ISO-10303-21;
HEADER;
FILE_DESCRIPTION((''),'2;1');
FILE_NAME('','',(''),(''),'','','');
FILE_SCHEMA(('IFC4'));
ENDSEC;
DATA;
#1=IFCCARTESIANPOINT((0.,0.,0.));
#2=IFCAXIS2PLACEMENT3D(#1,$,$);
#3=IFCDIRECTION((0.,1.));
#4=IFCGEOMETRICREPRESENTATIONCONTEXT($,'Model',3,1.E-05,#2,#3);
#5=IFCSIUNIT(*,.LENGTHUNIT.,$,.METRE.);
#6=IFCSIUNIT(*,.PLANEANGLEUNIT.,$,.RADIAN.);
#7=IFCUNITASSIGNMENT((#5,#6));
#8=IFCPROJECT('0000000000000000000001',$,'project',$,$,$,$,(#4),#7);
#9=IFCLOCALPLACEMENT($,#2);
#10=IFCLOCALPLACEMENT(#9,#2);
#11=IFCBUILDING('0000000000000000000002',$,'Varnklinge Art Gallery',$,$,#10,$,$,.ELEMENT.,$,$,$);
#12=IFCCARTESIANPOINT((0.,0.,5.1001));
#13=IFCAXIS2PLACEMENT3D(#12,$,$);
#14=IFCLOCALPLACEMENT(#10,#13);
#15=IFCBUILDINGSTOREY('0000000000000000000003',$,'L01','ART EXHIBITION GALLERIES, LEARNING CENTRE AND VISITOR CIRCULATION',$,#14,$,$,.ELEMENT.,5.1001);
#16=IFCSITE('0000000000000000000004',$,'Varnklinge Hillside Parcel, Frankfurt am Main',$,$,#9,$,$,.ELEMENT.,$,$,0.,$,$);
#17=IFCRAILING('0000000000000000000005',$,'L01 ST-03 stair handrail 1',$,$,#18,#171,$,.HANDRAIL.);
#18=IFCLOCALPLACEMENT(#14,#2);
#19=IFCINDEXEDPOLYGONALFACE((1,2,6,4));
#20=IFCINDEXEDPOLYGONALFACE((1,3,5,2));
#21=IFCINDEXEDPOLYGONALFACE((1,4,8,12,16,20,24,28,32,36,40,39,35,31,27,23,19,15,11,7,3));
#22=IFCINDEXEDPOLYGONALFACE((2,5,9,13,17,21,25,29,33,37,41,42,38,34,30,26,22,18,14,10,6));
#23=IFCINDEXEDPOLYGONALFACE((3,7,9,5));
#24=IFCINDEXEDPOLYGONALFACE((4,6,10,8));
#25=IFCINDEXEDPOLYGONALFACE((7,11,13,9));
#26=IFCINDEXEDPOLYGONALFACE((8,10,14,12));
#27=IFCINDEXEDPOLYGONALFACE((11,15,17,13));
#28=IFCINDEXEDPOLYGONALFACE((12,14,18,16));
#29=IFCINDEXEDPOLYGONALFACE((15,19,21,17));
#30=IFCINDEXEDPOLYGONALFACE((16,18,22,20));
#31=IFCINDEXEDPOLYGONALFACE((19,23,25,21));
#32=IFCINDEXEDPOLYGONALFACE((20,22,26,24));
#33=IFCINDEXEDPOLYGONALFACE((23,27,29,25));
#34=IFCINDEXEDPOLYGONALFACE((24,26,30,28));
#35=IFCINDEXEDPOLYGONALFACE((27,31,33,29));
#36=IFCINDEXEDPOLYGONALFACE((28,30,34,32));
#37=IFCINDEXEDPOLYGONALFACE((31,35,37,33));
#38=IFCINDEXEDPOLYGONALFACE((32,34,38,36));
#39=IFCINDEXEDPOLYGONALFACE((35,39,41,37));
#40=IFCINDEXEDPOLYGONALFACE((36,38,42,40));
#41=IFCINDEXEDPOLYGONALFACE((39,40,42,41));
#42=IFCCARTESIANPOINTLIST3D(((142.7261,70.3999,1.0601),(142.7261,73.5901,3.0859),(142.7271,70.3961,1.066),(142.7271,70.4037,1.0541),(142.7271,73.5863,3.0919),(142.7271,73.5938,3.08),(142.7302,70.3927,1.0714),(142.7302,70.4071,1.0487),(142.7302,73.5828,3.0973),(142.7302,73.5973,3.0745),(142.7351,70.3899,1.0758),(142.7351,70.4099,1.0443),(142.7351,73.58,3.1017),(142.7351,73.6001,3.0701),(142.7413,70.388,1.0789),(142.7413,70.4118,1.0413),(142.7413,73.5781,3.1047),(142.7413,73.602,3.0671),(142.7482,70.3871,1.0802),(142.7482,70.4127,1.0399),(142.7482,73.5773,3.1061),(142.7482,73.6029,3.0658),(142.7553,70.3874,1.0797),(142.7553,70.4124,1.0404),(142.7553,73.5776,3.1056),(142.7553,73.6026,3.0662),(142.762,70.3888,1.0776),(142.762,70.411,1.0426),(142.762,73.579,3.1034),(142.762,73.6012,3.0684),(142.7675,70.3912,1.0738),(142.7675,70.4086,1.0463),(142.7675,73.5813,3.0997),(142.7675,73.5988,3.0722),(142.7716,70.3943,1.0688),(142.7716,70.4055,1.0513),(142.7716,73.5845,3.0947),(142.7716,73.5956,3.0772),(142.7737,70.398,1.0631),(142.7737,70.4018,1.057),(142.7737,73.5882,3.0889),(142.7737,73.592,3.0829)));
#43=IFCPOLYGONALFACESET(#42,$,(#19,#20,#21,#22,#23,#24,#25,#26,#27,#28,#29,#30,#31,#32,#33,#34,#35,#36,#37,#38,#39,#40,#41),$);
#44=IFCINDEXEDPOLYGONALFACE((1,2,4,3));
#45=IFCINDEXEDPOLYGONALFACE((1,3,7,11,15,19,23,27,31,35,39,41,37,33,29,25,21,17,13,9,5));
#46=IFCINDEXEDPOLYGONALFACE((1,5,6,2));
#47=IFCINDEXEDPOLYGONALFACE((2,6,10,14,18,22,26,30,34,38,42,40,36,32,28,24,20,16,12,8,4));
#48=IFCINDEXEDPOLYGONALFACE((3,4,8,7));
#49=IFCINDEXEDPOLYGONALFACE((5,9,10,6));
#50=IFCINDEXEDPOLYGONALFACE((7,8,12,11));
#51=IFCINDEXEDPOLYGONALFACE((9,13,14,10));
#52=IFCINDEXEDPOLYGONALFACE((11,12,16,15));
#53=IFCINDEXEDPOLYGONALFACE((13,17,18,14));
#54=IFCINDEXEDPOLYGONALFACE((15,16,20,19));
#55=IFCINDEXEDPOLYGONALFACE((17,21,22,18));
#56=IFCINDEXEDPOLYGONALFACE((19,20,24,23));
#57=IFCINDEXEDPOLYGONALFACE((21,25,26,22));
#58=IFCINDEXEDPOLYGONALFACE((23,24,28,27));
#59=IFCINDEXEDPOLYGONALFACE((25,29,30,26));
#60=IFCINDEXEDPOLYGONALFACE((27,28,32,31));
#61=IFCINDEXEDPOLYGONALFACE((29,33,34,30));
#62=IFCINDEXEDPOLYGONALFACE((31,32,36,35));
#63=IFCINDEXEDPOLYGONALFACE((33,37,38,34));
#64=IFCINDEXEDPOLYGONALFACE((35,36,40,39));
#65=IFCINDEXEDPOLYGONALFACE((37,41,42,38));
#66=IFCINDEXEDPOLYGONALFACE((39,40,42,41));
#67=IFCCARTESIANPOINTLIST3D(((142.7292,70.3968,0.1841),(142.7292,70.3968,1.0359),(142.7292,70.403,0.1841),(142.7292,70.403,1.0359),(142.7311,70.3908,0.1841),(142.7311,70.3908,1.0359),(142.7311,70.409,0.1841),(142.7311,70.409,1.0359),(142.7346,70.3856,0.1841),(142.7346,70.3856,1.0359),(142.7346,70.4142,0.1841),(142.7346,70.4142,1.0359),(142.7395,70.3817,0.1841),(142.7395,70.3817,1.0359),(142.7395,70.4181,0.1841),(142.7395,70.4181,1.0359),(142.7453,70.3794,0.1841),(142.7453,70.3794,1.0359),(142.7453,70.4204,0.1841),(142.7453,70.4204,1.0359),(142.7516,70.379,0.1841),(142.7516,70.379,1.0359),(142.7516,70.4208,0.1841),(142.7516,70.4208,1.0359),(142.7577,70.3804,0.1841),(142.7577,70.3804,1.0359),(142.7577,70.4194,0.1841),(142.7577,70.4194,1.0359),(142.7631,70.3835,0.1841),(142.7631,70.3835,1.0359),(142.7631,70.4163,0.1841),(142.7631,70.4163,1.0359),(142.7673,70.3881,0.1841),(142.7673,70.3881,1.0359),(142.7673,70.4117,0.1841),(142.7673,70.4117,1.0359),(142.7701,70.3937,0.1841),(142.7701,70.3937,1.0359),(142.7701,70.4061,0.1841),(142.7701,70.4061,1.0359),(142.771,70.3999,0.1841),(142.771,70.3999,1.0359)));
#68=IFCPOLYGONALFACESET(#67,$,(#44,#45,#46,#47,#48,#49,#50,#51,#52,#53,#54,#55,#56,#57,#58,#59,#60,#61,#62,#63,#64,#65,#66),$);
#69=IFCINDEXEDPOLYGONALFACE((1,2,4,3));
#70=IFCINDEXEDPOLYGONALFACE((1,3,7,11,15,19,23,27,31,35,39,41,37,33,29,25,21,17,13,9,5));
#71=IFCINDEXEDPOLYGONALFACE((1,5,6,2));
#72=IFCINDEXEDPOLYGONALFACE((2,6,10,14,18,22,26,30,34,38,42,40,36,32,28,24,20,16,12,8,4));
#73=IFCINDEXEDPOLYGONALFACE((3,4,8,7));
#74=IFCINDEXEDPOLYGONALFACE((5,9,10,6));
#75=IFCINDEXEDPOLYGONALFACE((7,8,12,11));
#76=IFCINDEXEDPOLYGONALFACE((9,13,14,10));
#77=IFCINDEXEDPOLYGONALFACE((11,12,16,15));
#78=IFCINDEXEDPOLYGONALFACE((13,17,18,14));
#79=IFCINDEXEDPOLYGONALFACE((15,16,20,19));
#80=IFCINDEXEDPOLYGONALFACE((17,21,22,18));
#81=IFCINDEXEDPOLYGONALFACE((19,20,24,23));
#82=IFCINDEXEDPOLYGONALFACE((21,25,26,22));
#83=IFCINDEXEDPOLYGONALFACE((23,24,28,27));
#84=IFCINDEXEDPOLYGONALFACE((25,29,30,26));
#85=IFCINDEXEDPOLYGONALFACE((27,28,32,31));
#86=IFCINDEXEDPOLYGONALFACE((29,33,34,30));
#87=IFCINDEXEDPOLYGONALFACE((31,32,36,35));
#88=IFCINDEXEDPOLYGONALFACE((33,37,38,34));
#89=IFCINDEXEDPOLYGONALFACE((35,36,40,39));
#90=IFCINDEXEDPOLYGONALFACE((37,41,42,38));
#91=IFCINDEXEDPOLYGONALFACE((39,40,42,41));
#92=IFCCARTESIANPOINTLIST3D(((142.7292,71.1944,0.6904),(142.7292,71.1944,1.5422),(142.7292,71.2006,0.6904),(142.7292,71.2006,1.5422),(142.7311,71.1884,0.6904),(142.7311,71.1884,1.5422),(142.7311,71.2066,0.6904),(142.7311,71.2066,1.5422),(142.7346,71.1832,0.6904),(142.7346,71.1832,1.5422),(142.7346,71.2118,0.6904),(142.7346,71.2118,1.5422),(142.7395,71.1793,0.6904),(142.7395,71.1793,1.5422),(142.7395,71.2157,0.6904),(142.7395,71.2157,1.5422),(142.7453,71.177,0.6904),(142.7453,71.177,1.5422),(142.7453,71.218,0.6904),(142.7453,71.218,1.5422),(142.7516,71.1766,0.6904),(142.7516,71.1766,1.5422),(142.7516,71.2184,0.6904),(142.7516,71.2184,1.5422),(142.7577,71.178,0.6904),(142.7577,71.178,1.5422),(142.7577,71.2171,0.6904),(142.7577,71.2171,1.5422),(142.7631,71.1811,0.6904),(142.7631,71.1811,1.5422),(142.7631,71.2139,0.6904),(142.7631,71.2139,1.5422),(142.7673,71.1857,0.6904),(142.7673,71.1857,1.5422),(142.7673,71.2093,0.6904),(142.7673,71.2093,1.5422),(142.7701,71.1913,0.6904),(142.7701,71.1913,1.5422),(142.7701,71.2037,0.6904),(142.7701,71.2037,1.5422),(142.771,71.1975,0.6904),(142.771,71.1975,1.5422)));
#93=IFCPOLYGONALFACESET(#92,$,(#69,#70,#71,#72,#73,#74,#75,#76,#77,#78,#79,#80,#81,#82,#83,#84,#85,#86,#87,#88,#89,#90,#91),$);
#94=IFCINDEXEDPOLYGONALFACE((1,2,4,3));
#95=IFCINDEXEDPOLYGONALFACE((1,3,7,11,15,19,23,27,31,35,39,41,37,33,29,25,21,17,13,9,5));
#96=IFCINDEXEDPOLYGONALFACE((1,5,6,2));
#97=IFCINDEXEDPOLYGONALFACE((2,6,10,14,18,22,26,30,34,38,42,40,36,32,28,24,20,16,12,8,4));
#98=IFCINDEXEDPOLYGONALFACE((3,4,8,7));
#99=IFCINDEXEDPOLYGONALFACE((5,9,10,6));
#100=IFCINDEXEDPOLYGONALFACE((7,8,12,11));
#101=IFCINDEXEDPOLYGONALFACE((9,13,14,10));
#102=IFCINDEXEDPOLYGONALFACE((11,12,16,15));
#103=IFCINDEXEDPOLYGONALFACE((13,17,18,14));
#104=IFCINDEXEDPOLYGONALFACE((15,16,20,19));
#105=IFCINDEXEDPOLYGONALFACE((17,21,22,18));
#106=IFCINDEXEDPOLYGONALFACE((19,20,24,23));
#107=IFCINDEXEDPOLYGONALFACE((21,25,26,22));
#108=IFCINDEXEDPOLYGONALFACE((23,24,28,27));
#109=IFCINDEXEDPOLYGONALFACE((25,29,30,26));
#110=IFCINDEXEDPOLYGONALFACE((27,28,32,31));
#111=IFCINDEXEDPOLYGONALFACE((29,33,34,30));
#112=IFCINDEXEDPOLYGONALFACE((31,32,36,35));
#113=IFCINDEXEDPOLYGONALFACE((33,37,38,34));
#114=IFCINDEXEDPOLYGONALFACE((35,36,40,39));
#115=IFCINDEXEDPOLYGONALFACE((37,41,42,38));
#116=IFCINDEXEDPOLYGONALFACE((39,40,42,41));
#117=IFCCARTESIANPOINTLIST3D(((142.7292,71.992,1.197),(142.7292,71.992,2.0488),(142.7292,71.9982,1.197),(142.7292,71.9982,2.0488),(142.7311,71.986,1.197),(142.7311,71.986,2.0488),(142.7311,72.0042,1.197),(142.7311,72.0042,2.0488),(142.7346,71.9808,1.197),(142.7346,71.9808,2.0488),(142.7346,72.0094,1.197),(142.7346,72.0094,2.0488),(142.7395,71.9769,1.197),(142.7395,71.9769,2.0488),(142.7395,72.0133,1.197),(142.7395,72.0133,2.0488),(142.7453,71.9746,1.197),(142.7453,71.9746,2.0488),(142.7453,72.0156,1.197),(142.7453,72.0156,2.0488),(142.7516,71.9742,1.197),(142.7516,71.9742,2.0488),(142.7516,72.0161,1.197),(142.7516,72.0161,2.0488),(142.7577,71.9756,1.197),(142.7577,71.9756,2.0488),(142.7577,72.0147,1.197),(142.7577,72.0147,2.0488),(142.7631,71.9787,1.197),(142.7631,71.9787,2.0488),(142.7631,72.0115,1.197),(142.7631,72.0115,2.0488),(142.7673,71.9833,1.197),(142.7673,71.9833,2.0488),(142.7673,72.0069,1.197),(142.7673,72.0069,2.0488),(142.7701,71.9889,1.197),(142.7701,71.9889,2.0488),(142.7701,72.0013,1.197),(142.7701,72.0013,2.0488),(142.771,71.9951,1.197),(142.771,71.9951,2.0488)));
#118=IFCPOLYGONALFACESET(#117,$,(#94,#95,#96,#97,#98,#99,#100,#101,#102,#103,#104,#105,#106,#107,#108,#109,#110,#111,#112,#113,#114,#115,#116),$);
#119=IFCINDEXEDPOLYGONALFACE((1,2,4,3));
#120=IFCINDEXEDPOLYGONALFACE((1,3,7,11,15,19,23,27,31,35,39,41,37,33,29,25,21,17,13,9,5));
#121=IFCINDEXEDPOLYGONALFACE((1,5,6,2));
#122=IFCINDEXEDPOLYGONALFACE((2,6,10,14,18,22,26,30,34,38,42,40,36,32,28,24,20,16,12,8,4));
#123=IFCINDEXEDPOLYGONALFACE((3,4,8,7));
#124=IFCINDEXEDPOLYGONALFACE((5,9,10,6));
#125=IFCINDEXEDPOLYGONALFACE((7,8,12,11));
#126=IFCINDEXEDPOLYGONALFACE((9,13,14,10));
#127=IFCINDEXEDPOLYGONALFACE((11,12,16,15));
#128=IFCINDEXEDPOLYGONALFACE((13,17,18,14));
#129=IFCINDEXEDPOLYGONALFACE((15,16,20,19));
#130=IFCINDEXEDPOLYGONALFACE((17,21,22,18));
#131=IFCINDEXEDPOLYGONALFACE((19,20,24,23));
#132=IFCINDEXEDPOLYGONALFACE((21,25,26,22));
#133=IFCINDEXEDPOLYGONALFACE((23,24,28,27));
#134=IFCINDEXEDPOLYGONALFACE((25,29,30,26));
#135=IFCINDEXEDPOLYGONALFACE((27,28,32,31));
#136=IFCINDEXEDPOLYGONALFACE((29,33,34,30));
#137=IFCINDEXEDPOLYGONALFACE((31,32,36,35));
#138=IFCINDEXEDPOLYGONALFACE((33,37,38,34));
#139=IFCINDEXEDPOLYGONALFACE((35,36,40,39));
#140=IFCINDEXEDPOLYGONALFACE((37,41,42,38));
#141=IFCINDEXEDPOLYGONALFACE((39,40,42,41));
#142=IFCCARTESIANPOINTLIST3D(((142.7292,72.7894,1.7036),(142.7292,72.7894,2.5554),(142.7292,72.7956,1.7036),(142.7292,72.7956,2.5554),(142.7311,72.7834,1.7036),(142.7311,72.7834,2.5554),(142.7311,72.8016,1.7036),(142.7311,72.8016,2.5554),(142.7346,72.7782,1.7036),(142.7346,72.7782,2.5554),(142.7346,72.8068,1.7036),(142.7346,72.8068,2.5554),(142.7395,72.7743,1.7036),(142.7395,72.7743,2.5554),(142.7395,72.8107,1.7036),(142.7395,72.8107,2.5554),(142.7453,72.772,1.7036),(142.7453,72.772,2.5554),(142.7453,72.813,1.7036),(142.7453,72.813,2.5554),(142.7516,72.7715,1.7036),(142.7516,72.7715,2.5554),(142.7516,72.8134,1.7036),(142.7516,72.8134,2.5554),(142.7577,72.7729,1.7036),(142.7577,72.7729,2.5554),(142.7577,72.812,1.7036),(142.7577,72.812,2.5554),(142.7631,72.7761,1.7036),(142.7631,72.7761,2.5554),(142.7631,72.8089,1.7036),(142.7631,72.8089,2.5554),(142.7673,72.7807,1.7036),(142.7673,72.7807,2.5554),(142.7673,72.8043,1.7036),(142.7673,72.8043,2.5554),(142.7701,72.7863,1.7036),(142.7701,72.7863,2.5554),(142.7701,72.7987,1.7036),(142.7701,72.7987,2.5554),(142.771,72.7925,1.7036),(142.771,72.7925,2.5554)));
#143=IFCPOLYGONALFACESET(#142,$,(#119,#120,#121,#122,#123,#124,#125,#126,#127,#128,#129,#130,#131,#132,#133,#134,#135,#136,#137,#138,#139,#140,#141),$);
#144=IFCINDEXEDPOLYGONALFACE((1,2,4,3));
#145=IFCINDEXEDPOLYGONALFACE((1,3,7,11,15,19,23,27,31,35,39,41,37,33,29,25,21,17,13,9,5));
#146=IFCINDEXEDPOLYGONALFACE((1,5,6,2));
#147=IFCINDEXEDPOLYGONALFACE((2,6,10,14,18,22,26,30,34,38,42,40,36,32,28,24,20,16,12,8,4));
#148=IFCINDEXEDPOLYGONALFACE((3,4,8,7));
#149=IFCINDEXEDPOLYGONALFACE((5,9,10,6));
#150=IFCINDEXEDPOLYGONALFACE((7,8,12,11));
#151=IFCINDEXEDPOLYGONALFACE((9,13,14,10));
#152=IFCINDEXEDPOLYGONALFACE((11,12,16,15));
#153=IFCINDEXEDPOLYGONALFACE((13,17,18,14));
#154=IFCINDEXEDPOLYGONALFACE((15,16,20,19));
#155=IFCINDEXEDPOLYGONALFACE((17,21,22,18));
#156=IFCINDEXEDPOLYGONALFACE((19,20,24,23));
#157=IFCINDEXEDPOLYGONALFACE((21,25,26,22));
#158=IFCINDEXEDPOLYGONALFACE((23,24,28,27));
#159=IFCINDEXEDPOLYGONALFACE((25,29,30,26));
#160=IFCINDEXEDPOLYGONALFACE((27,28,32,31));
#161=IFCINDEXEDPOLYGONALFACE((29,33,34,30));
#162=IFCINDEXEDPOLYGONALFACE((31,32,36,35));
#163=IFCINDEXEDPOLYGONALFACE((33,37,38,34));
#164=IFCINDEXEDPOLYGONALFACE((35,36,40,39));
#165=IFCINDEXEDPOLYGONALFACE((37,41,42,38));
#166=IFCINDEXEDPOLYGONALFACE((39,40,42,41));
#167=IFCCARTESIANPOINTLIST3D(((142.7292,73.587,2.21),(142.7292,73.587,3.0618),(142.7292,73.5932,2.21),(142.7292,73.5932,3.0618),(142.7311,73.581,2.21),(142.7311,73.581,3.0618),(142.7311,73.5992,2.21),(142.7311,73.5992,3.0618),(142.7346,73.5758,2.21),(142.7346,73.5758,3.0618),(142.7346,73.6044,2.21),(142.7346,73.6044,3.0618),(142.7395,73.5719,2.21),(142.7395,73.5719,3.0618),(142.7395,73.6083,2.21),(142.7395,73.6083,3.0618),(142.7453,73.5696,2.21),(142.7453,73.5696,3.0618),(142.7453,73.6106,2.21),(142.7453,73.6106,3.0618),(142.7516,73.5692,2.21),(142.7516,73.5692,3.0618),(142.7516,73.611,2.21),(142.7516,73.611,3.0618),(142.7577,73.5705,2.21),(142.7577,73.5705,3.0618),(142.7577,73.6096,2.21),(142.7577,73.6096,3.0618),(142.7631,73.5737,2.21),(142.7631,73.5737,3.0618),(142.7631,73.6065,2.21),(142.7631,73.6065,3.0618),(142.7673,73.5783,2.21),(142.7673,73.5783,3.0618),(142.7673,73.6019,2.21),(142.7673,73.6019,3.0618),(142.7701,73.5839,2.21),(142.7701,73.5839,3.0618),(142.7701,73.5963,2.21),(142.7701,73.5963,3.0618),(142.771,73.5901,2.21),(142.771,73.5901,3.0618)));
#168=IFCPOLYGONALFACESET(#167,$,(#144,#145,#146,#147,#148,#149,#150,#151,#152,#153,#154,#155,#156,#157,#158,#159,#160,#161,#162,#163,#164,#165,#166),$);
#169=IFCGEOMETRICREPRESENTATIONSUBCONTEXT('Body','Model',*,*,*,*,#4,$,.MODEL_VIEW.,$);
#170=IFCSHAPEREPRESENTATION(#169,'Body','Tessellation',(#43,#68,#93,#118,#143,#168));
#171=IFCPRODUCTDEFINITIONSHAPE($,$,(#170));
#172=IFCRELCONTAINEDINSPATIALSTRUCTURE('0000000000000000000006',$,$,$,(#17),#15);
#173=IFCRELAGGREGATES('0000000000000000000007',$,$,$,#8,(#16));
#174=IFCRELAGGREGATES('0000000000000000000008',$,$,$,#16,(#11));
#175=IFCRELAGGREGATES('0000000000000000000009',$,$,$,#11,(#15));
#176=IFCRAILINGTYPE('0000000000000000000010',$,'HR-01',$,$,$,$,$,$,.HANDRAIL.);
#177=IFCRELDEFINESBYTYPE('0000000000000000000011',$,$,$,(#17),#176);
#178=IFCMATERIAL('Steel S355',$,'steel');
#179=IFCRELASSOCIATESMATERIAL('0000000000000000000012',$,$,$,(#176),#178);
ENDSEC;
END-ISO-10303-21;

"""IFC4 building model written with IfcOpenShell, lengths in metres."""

from ifc_helpers import new_model, si_unit, direction, frame, origin, origin_2d, place, context, subcontext, project, spatial, circle, extrude, material, type_object, element, save


model = new_model("IFC4")

# Units and contexts
model_context = context("Model", 3, precision=1e-05, world=origin(), true_north=direction((0.0, 1.0)))
body_context = subcontext(model_context, "Body", "Model", "MODEL_VIEW")
ifc_project = project(units=[si_unit("LENGTHUNIT", "METRE"), si_unit("PLANEANGLEUNIT", "RADIAN")], contexts=[model_context])

# Site, building, storey
site_placement = place(None, origin())
site = spatial("IfcSite", under=ifc_project, at=site_placement, Name="Varnklinge Hillside Parcel, Frankfurt am Main", CompositionType="ELEMENT", RefElevation=0.0)
building_placement = place(site_placement, origin())
building = spatial("IfcBuilding", under=site, at=building_placement, Name="Varnklinge Art Gallery", CompositionType="ELEMENT")
storey_placement = place(building_placement, frame((0.0, 0.0, 5.1001)))
storey = spatial("IfcBuildingStorey", under=building, at=storey_placement, Name="L01", Description="ART EXHIBITION GALLERIES, LEARNING CENTRE AND VISITOR CIRCULATION", CompositionType="ELEMENT", Elevation=5.1001)

# Railing
ifc_material_1 = material(Name="Steel S355", Category="steel")
railing_type = type_object("IfcRailingType", Name="HR-01", PredefinedType="HANDRAIL", material=ifc_material_1)
railing_placement = place(storey_placement, frame((142.75, 70.3999, 0.1841)))
element("IfcRailing", 1, at=railing_placement, inside=storey, type_object=railing_type, Name="L01 ST-03 stair handrail 1", PredefinedType="HANDRAIL", context=body_context, shape_type="SweptSolid", body=[
    extrude(circle(Radius=0.0239, at=origin_2d()), frame((0.0, 0.0, 0.876), z_axis=(0.0, 0.844169, 0.536077), x_axis=(-1.0, 0.0, 0.0)), (0.0, 0.0, 1.0), 3.7791),
    extrude(circle(Radius=0.021, at=origin_2d()), origin(), (0.0, 0.0, 1.0), 0.8518),
    extrude(circle(Radius=0.021, at=origin_2d()), frame((0.0, 0.7976, 0.5063)), (0.0, 0.0, 1.0), 0.8518),
    extrude(circle(Radius=0.021, at=origin_2d()), frame((0.0, 1.5952, 1.0129)), (0.0, 0.0, 1.0), 0.8518),
    extrude(circle(Radius=0.021, at=origin_2d()), frame((0.0, 2.3926, 1.5195)), (0.0, 0.0, 1.0), 0.8518),
    extrude(circle(Radius=0.021, at=origin_2d()), frame((0.0, 3.1902, 2.0259)), (0.0, 0.0, 1.0), 0.8518),
])

save(model, "model.ifc")
